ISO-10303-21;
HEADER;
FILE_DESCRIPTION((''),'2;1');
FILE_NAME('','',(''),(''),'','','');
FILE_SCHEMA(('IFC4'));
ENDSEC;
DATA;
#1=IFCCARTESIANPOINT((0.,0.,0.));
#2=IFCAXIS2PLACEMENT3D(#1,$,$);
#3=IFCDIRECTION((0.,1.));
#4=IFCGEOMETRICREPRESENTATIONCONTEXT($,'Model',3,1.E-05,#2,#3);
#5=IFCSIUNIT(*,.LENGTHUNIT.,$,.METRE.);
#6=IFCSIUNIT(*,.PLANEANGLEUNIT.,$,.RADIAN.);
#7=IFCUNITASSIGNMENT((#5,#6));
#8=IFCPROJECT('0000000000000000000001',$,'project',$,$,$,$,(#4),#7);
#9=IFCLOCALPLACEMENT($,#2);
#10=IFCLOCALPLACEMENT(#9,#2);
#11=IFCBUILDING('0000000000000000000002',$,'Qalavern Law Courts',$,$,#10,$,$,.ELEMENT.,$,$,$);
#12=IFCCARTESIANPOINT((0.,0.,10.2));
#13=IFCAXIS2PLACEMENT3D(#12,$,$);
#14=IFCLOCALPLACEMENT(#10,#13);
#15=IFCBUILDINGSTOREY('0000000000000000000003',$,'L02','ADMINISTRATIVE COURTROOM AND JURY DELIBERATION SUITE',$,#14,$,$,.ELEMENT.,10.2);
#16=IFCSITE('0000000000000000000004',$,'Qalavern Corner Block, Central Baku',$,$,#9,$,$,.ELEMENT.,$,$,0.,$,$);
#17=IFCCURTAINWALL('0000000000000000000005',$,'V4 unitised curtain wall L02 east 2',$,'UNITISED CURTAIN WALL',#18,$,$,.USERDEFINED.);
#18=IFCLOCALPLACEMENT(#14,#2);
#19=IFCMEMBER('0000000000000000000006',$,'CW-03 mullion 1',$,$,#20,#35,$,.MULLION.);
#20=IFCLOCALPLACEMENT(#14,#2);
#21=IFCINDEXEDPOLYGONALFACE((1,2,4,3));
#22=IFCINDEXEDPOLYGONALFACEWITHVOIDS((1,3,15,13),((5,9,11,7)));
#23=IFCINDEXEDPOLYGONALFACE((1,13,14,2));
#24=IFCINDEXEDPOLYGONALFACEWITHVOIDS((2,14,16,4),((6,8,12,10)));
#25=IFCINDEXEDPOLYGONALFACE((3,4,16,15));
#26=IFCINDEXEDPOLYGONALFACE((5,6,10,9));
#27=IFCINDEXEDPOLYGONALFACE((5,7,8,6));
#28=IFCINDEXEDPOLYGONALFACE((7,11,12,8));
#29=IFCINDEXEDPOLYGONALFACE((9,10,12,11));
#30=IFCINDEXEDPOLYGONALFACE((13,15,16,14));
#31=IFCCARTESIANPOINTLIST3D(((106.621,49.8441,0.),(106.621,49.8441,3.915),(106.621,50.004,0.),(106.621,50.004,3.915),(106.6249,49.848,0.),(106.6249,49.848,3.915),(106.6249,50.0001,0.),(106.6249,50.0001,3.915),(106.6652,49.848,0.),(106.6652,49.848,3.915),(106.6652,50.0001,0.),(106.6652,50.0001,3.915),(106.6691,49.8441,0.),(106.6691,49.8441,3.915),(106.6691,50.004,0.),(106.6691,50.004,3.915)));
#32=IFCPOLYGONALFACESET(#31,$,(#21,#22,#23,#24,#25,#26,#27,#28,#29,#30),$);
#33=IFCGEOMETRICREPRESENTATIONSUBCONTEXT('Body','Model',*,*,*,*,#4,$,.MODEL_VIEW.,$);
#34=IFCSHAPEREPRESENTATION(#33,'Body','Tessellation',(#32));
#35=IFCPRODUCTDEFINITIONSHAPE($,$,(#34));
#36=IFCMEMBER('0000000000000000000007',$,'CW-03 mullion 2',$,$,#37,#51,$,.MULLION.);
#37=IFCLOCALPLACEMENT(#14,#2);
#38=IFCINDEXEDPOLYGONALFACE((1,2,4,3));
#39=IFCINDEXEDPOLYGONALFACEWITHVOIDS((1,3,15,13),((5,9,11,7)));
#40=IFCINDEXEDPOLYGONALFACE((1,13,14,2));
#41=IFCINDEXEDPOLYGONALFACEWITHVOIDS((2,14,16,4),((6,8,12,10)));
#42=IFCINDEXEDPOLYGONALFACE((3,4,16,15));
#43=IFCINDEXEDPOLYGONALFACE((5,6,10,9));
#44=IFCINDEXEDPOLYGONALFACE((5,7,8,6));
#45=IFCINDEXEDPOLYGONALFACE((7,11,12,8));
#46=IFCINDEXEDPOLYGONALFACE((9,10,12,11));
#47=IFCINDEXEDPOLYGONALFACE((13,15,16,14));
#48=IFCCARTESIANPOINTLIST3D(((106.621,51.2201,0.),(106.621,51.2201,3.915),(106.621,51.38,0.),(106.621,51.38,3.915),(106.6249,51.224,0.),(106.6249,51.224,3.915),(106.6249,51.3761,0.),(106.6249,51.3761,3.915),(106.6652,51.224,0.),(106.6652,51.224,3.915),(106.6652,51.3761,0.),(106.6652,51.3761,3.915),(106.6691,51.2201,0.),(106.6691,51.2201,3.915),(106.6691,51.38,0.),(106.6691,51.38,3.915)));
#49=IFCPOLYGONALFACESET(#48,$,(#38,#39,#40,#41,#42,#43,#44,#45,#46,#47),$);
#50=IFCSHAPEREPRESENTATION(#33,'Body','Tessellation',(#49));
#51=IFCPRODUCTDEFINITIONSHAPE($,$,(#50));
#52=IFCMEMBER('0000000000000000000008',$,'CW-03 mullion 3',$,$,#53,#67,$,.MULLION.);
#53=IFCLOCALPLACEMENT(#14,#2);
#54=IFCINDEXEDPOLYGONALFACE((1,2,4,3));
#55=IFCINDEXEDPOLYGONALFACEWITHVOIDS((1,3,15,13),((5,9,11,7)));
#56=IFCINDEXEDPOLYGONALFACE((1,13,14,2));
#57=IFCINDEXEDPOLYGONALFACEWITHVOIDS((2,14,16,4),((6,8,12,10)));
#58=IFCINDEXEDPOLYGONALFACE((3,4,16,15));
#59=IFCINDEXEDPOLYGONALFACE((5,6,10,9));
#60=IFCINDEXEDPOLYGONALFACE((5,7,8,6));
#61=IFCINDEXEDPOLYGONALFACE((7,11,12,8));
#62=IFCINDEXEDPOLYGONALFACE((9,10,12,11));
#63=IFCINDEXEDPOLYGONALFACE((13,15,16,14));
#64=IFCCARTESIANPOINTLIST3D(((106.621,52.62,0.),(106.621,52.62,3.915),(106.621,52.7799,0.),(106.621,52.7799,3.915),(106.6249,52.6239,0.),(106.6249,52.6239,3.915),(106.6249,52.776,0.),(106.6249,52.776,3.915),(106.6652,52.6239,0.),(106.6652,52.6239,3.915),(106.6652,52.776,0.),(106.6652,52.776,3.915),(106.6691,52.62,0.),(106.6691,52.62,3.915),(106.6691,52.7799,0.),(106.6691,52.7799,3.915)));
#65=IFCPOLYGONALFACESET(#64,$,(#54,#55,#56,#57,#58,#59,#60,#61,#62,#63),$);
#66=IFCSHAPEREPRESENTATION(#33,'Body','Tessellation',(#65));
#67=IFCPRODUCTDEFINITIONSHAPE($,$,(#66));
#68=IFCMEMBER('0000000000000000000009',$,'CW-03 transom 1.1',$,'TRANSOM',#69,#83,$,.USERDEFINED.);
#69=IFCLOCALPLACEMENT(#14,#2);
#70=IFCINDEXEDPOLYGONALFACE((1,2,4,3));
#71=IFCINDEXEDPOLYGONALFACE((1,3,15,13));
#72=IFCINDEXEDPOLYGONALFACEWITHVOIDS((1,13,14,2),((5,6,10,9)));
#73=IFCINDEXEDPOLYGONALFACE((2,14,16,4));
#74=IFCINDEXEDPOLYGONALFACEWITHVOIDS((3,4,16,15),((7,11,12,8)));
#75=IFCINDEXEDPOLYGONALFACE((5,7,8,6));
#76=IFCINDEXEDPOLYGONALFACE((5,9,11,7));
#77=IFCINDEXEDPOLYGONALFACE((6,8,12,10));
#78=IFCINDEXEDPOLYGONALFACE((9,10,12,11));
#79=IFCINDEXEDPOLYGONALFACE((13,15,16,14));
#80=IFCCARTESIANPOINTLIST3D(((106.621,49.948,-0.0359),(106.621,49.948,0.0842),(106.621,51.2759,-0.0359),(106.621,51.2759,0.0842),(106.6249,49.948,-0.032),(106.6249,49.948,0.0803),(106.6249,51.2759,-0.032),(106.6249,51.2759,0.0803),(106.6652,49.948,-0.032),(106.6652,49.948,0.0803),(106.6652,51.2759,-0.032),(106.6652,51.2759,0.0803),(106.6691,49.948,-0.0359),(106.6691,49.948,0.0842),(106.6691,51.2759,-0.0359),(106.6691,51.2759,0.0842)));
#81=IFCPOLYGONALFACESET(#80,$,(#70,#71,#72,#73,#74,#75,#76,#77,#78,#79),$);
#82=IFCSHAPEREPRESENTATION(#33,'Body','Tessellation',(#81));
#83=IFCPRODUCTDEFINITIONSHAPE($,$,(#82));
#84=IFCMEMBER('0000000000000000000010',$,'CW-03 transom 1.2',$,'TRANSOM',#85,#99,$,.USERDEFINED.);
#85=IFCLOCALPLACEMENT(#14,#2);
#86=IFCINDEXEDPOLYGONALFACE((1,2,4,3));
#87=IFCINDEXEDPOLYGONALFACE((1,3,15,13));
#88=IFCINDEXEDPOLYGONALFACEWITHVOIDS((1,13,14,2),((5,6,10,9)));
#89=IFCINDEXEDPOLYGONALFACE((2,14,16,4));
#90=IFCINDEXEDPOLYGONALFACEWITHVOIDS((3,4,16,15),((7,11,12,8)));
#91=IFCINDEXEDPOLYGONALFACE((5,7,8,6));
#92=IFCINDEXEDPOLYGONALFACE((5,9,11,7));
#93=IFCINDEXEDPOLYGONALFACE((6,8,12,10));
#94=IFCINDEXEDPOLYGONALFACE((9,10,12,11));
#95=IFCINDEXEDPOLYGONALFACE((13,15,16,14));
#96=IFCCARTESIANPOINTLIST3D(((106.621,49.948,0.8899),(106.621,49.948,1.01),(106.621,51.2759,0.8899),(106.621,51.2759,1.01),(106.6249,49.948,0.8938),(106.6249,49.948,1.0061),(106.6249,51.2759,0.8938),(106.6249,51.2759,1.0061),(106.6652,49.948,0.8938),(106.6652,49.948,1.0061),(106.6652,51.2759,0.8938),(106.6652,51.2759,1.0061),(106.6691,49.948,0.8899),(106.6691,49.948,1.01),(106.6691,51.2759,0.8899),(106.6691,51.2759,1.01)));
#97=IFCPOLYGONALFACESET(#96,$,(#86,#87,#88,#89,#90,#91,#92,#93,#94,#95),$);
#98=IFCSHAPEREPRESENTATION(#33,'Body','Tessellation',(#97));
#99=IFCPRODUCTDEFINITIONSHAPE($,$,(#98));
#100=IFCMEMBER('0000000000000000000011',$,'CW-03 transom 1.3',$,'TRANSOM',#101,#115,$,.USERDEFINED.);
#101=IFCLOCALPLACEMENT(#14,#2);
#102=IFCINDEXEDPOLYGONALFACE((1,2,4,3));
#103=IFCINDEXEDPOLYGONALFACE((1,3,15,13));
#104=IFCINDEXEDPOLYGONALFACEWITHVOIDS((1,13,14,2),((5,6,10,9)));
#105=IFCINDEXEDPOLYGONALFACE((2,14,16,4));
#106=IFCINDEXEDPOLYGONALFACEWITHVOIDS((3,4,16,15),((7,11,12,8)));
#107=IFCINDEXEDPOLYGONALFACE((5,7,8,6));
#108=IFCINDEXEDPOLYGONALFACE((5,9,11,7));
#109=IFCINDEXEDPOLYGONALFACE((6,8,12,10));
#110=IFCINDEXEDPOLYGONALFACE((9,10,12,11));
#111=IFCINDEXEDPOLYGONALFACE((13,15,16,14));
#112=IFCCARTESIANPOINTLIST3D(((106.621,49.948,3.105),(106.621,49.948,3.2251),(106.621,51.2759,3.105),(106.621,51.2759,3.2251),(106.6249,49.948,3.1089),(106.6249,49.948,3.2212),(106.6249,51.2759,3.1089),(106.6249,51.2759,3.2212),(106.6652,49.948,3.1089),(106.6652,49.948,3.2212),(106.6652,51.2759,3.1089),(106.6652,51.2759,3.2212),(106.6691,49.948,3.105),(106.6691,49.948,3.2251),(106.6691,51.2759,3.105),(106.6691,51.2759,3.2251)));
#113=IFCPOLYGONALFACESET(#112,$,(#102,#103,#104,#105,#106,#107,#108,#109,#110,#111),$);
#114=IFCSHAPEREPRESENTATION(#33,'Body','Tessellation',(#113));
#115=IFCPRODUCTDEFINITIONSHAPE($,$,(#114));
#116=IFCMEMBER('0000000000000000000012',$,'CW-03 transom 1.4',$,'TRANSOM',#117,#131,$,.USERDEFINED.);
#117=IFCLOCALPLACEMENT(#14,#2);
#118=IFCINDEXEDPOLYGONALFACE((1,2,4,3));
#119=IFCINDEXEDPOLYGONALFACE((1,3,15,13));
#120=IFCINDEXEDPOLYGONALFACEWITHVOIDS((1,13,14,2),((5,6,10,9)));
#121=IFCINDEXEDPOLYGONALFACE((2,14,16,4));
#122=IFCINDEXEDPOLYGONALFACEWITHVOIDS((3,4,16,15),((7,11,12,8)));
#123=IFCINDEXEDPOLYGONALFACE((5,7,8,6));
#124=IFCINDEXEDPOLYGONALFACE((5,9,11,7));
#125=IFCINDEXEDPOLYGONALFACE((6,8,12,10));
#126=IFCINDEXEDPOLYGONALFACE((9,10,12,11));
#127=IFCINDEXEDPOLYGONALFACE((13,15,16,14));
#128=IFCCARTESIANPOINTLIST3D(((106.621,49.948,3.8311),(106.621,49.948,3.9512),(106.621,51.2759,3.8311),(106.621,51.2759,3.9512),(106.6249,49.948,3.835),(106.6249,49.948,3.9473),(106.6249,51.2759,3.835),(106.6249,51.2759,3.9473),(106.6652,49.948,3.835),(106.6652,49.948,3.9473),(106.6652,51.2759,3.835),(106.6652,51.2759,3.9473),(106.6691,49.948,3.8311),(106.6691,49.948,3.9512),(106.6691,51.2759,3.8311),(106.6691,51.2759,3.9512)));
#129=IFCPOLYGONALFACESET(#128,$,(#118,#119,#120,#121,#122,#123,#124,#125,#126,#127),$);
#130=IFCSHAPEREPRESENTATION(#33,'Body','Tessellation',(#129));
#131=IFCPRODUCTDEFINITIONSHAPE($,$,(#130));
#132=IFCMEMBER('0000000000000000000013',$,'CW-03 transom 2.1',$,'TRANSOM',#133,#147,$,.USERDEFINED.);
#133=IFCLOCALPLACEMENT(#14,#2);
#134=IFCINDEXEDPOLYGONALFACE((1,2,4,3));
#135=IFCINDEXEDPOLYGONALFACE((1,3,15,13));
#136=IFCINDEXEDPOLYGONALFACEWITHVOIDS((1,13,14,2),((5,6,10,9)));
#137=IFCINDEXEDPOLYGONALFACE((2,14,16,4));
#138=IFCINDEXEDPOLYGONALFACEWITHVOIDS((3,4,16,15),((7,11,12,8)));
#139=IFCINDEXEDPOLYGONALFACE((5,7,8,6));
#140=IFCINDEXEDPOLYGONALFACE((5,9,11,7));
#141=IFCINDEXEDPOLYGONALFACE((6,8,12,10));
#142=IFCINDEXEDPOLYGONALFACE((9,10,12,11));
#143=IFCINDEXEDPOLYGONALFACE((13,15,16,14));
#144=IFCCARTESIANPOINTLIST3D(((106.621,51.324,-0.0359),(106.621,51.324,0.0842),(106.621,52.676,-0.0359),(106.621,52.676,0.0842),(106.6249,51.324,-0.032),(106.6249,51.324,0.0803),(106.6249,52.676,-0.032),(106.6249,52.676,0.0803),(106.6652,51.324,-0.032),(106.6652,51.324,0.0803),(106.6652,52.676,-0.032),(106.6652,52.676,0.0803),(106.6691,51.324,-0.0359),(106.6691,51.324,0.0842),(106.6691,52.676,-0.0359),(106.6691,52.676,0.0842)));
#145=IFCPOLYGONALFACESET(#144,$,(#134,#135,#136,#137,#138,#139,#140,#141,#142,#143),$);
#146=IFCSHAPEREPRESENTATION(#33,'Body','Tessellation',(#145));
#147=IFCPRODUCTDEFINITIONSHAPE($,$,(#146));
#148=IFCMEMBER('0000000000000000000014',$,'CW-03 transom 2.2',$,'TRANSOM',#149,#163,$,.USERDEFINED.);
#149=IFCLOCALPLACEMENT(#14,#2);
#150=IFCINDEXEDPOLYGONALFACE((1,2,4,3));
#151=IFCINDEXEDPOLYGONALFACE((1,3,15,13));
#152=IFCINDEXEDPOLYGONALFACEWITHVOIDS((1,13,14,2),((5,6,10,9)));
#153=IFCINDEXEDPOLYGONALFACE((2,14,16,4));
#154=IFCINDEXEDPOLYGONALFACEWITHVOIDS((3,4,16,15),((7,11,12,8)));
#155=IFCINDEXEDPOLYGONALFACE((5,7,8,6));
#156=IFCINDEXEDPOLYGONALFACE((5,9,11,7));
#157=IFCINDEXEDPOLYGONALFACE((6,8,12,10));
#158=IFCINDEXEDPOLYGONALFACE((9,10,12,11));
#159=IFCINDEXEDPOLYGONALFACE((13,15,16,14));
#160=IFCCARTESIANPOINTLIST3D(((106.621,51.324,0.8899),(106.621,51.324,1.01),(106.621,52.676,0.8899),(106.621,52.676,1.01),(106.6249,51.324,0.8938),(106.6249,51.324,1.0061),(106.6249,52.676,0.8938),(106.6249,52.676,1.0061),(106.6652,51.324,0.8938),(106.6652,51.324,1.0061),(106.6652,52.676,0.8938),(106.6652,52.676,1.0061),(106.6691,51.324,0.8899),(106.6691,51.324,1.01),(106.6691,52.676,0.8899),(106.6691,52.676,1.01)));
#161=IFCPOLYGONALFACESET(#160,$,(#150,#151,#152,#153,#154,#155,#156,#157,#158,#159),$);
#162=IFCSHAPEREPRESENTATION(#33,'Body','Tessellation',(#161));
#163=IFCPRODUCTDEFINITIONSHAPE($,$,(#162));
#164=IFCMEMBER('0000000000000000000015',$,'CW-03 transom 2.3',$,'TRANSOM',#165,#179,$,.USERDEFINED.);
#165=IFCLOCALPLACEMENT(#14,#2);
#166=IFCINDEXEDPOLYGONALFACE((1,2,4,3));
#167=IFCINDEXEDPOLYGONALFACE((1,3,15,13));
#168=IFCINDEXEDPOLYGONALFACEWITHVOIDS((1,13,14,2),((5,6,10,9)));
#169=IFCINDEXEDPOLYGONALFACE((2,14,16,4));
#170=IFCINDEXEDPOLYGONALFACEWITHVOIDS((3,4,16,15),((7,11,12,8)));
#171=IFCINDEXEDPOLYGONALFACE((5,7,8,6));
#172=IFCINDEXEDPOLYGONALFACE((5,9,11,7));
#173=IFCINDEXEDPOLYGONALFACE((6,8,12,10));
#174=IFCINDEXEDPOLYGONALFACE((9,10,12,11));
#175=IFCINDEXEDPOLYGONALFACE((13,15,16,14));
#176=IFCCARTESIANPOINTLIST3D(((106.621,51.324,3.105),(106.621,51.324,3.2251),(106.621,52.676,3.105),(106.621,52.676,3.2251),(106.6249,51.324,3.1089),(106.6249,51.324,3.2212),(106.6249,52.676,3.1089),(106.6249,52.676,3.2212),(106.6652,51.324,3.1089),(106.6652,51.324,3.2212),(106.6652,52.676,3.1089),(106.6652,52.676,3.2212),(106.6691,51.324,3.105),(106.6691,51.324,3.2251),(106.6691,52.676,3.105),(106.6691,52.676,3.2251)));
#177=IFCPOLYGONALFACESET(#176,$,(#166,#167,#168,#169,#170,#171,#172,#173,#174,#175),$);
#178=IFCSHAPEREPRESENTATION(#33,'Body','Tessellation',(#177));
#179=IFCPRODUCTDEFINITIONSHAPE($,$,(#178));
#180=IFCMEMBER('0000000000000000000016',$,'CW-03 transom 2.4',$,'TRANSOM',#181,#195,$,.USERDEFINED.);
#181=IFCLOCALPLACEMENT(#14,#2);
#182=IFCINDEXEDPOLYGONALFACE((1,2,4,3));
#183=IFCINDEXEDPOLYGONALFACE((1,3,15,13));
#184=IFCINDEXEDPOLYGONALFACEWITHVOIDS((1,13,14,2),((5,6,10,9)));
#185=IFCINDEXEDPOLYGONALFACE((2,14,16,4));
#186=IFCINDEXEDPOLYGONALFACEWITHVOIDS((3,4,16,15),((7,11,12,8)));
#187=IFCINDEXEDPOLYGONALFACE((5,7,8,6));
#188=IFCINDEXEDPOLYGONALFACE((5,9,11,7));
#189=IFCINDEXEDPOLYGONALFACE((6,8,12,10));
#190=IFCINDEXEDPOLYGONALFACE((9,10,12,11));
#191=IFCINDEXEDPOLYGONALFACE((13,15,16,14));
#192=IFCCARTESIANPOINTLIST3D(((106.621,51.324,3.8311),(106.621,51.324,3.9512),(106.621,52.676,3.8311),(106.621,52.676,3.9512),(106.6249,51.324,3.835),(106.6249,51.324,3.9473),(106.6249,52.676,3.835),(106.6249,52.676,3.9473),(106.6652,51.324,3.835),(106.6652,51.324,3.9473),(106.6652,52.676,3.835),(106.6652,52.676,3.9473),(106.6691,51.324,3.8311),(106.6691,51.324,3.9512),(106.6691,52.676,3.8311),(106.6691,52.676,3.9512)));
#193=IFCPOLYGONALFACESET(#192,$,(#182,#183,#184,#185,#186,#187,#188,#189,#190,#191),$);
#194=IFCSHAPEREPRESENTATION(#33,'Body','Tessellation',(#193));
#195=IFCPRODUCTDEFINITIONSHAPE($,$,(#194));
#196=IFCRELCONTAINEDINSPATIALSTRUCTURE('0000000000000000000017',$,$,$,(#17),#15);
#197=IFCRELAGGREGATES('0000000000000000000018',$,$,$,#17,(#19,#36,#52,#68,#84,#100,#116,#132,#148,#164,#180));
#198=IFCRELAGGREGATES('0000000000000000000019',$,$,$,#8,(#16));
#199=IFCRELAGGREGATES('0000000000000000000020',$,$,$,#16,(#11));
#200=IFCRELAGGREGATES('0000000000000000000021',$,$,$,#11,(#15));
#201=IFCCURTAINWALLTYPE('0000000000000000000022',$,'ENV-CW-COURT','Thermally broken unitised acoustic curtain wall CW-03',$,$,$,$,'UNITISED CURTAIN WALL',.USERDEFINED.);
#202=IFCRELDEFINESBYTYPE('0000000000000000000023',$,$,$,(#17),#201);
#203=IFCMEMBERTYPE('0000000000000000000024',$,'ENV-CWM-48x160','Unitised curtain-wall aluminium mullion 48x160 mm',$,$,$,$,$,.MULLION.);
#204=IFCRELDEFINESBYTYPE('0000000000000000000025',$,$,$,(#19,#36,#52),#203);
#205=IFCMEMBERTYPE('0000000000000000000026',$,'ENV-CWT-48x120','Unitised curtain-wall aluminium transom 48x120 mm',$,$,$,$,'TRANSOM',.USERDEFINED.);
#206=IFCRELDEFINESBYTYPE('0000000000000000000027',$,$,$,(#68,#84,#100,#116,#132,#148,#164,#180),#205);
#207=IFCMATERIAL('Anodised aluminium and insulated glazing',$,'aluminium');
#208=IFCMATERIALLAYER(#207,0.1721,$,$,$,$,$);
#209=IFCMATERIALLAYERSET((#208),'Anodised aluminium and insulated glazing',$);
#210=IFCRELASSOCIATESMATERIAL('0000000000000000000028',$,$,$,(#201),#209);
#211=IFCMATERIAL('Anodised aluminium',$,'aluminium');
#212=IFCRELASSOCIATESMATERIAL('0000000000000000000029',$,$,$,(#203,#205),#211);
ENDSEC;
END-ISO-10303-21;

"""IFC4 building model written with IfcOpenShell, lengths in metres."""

from ifc_helpers import new_model, si_unit, direction, frame, origin, origin_2d, place, context, subcontext, project, spatial, hollow_rectangle, extrude, material, layer, layer_set, material_profile, profile_set, type_object, element, aggregate, save


model = new_model("IFC4")

# Units and contexts
model_context = context("Model", 3, precision=1e-05, world=origin(), true_north=direction((0.0, 1.0)))
body_context = subcontext(model_context, "Body", "Model", "MODEL_VIEW")
ifc_project = project(units=[si_unit("LENGTHUNIT", "METRE"), si_unit("PLANEANGLEUNIT", "RADIAN")], contexts=[model_context])

# Site, building, storey
site_placement = place(None, origin())
site = spatial("IfcSite", under=ifc_project, at=site_placement, Name="Qalavern Corner Block, Central Baku", CompositionType="ELEMENT", RefElevation=0.0)
building_placement = place(site_placement, origin())
building = spatial("IfcBuilding", under=site, at=building_placement, Name="Qalavern Law Courts", CompositionType="ELEMENT")
storey_placement = place(building_placement, frame((0.0, 0.0, 10.2)))
storey = spatial("IfcBuildingStorey", under=building, at=storey_placement, Name="L02", Description="ADMINISTRATIVE COURTROOM AND JURY DELIBERATION SUITE", CompositionType="ELEMENT", Elevation=10.2)

# Curtain wall, members
ifc_material_1 = material(Name="Anodised aluminium and insulated glazing", Category="aluminium")
ifc_layer_1 = layer(ifc_material_1, 0.1721)
ifc_layer_set_1 = layer_set([ifc_layer_1], Name="Anodised aluminium and insulated glazing")
curtain_wall_type = type_object("IfcCurtainWallType", Name="ENV-CW-COURT", Description="Thermally broken unitised acoustic curtain wall CW-03", ElementType="UNITISED CURTAIN WALL", PredefinedType="USERDEFINED", material=ifc_layer_set_1)
curtain_wall_placement = place(storey_placement, origin())
curtain_wall = element("IfcCurtainWall", 1, at=curtain_wall_placement, inside=storey, type_object=curtain_wall_type, Name="V4 unitised curtain wall L02 east 2", ObjectType="UNITISED CURTAIN WALL", PredefinedType="USERDEFINED")
ifc_material_2 = material(Name="Anodised aluminium", Category="aluminium")
ifc_material_profile_1 = material_profile(ifc_material_2, hollow_rectangle(XDim=0.0481, YDim=0.1599, WallThickness=0.0039, at=origin_2d()), Name="ALU MULLION 48x160")
ifc_profile_set_1 = profile_set([ifc_material_profile_1], Name="Anodised aluminium")
member_type_1 = type_object("IfcMemberType", Name="ENV-CWM-48x160", Description="Unitised curtain-wall aluminium mullion 48x160 mm", PredefinedType="MULLION", material=ifc_profile_set_1)
member_1_placement = place(storey_placement, frame((106.645, 49.9241, 0.0), z_axis=(0.0, 0.0, 1.0), x_axis=(-1.0, 0.0, 0.0)))
member_1 = element("IfcMember", 2, at=member_1_placement, type_object=member_type_1, Name="CW-03 mullion 1", PredefinedType="MULLION", context=body_context, shape_type="SweptSolid", body=[
    extrude(hollow_rectangle(XDim=0.0481, YDim=0.1599, WallThickness=0.0039, at=origin_2d()), origin(), (0.0, 0.0, 1.0), 3.915),
])
member_2_placement = place(storey_placement, frame((106.645, 51.3, 0.0), z_axis=(0.0, 0.0, 1.0), x_axis=(-1.0, 0.0, 0.0)))
member_2 = element("IfcMember", 3, at=member_2_placement, type_object=member_type_1, Name="CW-03 mullion 2", PredefinedType="MULLION", context=body_context, shape_type="SweptSolid", body=[
    extrude(hollow_rectangle(XDim=0.0481, YDim=0.1599, WallThickness=0.0039, at=origin_2d()), origin(), (0.0, 0.0, 1.0), 3.915),
])
member_3_placement = place(storey_placement, frame((106.645, 52.7, 0.0), z_axis=(0.0, 0.0, 1.0), x_axis=(-1.0, 0.0, 0.0)))
member_3 = element("IfcMember", 4, at=member_3_placement, type_object=member_type_1, Name="CW-03 mullion 3", PredefinedType="MULLION", context=body_context, shape_type="SweptSolid", body=[
    extrude(hollow_rectangle(XDim=0.0481, YDim=0.1599, WallThickness=0.0039, at=origin_2d()), origin(), (0.0, 0.0, 1.0), 3.915),
])
ifc_material_profile_2 = material_profile(ifc_material_2, hollow_rectangle(XDim=0.0481, YDim=0.1201, WallThickness=0.0039, at=origin_2d()), Name="ALU TRANSOM 48x120")
ifc_profile_set_2 = profile_set([ifc_material_profile_2], Name="Anodised aluminium")
member_type_2 = type_object("IfcMemberType", Name="ENV-CWT-48x120", Description="Unitised curtain-wall aluminium transom 48x120 mm", ElementType="TRANSOM", PredefinedType="USERDEFINED", material=ifc_profile_set_2)
member_4_placement = place(storey_placement, frame((106.645, 49.948, 0.0242), z_axis=(0.0, 1.0, 0.0), x_axis=(-1.0, 0.0, 0.0)))
member_4 = element("IfcMember", 5, at=member_4_placement, type_object=member_type_2, Name="CW-03 transom 1.1", ObjectType="TRANSOM", PredefinedType="USERDEFINED", context=body_context, shape_type="SweptSolid", body=[
    extrude(hollow_rectangle(XDim=0.0481, YDim=0.1201, WallThickness=0.0039, at=origin_2d()), origin(), (0.0, 0.0, 1.0), 1.3279),
])
member_5_placement = place(storey_placement, frame((106.645, 49.948, 0.95), z_axis=(0.0, 1.0, 0.0), x_axis=(-1.0, 0.0, 0.0)))
member_5 = element("IfcMember", 6, at=member_5_placement, type_object=member_type_2, Name="CW-03 transom 1.2", ObjectType="TRANSOM", PredefinedType="USERDEFINED", context=body_context, shape_type="SweptSolid", body=[
    extrude(hollow_rectangle(XDim=0.0481, YDim=0.1201, WallThickness=0.0039, at=origin_2d()), origin(), (0.0, 0.0, 1.0), 1.3279),
])
member_6_placement = place(storey_placement, frame((106.645, 49.948, 3.165), z_axis=(0.0, 1.0, 0.0), x_axis=(-1.0, 0.0, 0.0)))
member_6 = element("IfcMember", 7, at=member_6_placement, type_object=member_type_2, Name="CW-03 transom 1.3", ObjectType="TRANSOM", PredefinedType="USERDEFINED", context=body_context, shape_type="SweptSolid", body=[
    extrude(hollow_rectangle(XDim=0.0481, YDim=0.1201, WallThickness=0.0039, at=origin_2d()), origin(), (0.0, 0.0, 1.0), 1.3279),
])
member_7_placement = place(storey_placement, frame((106.645, 49.948, 3.8911), z_axis=(0.0, 1.0, 0.0), x_axis=(-1.0, 0.0, 0.0)))
member_7 = element("IfcMember", 8, at=member_7_placement, type_object=member_type_2, Name="CW-03 transom 1.4", ObjectType="TRANSOM", PredefinedType="USERDEFINED", context=body_context, shape_type="SweptSolid", body=[
    extrude(hollow_rectangle(XDim=0.0481, YDim=0.1201, WallThickness=0.0039, at=origin_2d()), origin(), (0.0, 0.0, 1.0), 1.3279),
])
member_8_placement = place(storey_placement, frame((106.645, 51.324, 0.0242), z_axis=(0.0, 1.0, 0.0), x_axis=(-1.0, 0.0, 0.0)))
member_8 = element("IfcMember", 9, at=member_8_placement, type_object=member_type_2, Name="CW-03 transom 2.1", ObjectType="TRANSOM", PredefinedType="USERDEFINED", context=body_context, shape_type="SweptSolid", body=[
    extrude(hollow_rectangle(XDim=0.0481, YDim=0.1201, WallThickness=0.0039, at=origin_2d()), origin(), (0.0, 0.0, 1.0), 1.3521),
])
member_9_placement = place(storey_placement, frame((106.645, 51.324, 0.95), z_axis=(0.0, 1.0, 0.0), x_axis=(-1.0, 0.0, 0.0)))
member_9 = element("IfcMember", 10, at=member_9_placement, type_object=member_type_2, Name="CW-03 transom 2.2", ObjectType="TRANSOM", PredefinedType="USERDEFINED", context=body_context, shape_type="SweptSolid", body=[
    extrude(hollow_rectangle(XDim=0.0481, YDim=0.1201, WallThickness=0.0039, at=origin_2d()), origin(), (0.0, 0.0, 1.0), 1.3521),
])
member_10_placement = place(storey_placement, frame((106.645, 51.324, 3.165), z_axis=(0.0, 1.0, 0.0), x_axis=(-1.0, 0.0, 0.0)))
member_10 = element("IfcMember", 11, at=member_10_placement, type_object=member_type_2, Name="CW-03 transom 2.3", ObjectType="TRANSOM", PredefinedType="USERDEFINED", context=body_context, shape_type="SweptSolid", body=[
    extrude(hollow_rectangle(XDim=0.0481, YDim=0.1201, WallThickness=0.0039, at=origin_2d()), origin(), (0.0, 0.0, 1.0), 1.3521),
])
member_11_placement = place(storey_placement, frame((106.645, 51.324, 3.8911), z_axis=(0.0, 1.0, 0.0), x_axis=(-1.0, 0.0, 0.0)))
member_11 = element("IfcMember", 12, at=member_11_placement, type_object=member_type_2, Name="CW-03 transom 2.4", ObjectType="TRANSOM", PredefinedType="USERDEFINED", context=body_context, shape_type="SweptSolid", body=[
    extrude(hollow_rectangle(XDim=0.0481, YDim=0.1201, WallThickness=0.0039, at=origin_2d()), origin(), (0.0, 0.0, 1.0), 1.3521),
])
aggregate(curtain_wall, [member_1, member_2, member_3, member_4, member_5, member_6, member_7, member_8, member_9, member_10, member_11])

save(model, "model.ifc")
